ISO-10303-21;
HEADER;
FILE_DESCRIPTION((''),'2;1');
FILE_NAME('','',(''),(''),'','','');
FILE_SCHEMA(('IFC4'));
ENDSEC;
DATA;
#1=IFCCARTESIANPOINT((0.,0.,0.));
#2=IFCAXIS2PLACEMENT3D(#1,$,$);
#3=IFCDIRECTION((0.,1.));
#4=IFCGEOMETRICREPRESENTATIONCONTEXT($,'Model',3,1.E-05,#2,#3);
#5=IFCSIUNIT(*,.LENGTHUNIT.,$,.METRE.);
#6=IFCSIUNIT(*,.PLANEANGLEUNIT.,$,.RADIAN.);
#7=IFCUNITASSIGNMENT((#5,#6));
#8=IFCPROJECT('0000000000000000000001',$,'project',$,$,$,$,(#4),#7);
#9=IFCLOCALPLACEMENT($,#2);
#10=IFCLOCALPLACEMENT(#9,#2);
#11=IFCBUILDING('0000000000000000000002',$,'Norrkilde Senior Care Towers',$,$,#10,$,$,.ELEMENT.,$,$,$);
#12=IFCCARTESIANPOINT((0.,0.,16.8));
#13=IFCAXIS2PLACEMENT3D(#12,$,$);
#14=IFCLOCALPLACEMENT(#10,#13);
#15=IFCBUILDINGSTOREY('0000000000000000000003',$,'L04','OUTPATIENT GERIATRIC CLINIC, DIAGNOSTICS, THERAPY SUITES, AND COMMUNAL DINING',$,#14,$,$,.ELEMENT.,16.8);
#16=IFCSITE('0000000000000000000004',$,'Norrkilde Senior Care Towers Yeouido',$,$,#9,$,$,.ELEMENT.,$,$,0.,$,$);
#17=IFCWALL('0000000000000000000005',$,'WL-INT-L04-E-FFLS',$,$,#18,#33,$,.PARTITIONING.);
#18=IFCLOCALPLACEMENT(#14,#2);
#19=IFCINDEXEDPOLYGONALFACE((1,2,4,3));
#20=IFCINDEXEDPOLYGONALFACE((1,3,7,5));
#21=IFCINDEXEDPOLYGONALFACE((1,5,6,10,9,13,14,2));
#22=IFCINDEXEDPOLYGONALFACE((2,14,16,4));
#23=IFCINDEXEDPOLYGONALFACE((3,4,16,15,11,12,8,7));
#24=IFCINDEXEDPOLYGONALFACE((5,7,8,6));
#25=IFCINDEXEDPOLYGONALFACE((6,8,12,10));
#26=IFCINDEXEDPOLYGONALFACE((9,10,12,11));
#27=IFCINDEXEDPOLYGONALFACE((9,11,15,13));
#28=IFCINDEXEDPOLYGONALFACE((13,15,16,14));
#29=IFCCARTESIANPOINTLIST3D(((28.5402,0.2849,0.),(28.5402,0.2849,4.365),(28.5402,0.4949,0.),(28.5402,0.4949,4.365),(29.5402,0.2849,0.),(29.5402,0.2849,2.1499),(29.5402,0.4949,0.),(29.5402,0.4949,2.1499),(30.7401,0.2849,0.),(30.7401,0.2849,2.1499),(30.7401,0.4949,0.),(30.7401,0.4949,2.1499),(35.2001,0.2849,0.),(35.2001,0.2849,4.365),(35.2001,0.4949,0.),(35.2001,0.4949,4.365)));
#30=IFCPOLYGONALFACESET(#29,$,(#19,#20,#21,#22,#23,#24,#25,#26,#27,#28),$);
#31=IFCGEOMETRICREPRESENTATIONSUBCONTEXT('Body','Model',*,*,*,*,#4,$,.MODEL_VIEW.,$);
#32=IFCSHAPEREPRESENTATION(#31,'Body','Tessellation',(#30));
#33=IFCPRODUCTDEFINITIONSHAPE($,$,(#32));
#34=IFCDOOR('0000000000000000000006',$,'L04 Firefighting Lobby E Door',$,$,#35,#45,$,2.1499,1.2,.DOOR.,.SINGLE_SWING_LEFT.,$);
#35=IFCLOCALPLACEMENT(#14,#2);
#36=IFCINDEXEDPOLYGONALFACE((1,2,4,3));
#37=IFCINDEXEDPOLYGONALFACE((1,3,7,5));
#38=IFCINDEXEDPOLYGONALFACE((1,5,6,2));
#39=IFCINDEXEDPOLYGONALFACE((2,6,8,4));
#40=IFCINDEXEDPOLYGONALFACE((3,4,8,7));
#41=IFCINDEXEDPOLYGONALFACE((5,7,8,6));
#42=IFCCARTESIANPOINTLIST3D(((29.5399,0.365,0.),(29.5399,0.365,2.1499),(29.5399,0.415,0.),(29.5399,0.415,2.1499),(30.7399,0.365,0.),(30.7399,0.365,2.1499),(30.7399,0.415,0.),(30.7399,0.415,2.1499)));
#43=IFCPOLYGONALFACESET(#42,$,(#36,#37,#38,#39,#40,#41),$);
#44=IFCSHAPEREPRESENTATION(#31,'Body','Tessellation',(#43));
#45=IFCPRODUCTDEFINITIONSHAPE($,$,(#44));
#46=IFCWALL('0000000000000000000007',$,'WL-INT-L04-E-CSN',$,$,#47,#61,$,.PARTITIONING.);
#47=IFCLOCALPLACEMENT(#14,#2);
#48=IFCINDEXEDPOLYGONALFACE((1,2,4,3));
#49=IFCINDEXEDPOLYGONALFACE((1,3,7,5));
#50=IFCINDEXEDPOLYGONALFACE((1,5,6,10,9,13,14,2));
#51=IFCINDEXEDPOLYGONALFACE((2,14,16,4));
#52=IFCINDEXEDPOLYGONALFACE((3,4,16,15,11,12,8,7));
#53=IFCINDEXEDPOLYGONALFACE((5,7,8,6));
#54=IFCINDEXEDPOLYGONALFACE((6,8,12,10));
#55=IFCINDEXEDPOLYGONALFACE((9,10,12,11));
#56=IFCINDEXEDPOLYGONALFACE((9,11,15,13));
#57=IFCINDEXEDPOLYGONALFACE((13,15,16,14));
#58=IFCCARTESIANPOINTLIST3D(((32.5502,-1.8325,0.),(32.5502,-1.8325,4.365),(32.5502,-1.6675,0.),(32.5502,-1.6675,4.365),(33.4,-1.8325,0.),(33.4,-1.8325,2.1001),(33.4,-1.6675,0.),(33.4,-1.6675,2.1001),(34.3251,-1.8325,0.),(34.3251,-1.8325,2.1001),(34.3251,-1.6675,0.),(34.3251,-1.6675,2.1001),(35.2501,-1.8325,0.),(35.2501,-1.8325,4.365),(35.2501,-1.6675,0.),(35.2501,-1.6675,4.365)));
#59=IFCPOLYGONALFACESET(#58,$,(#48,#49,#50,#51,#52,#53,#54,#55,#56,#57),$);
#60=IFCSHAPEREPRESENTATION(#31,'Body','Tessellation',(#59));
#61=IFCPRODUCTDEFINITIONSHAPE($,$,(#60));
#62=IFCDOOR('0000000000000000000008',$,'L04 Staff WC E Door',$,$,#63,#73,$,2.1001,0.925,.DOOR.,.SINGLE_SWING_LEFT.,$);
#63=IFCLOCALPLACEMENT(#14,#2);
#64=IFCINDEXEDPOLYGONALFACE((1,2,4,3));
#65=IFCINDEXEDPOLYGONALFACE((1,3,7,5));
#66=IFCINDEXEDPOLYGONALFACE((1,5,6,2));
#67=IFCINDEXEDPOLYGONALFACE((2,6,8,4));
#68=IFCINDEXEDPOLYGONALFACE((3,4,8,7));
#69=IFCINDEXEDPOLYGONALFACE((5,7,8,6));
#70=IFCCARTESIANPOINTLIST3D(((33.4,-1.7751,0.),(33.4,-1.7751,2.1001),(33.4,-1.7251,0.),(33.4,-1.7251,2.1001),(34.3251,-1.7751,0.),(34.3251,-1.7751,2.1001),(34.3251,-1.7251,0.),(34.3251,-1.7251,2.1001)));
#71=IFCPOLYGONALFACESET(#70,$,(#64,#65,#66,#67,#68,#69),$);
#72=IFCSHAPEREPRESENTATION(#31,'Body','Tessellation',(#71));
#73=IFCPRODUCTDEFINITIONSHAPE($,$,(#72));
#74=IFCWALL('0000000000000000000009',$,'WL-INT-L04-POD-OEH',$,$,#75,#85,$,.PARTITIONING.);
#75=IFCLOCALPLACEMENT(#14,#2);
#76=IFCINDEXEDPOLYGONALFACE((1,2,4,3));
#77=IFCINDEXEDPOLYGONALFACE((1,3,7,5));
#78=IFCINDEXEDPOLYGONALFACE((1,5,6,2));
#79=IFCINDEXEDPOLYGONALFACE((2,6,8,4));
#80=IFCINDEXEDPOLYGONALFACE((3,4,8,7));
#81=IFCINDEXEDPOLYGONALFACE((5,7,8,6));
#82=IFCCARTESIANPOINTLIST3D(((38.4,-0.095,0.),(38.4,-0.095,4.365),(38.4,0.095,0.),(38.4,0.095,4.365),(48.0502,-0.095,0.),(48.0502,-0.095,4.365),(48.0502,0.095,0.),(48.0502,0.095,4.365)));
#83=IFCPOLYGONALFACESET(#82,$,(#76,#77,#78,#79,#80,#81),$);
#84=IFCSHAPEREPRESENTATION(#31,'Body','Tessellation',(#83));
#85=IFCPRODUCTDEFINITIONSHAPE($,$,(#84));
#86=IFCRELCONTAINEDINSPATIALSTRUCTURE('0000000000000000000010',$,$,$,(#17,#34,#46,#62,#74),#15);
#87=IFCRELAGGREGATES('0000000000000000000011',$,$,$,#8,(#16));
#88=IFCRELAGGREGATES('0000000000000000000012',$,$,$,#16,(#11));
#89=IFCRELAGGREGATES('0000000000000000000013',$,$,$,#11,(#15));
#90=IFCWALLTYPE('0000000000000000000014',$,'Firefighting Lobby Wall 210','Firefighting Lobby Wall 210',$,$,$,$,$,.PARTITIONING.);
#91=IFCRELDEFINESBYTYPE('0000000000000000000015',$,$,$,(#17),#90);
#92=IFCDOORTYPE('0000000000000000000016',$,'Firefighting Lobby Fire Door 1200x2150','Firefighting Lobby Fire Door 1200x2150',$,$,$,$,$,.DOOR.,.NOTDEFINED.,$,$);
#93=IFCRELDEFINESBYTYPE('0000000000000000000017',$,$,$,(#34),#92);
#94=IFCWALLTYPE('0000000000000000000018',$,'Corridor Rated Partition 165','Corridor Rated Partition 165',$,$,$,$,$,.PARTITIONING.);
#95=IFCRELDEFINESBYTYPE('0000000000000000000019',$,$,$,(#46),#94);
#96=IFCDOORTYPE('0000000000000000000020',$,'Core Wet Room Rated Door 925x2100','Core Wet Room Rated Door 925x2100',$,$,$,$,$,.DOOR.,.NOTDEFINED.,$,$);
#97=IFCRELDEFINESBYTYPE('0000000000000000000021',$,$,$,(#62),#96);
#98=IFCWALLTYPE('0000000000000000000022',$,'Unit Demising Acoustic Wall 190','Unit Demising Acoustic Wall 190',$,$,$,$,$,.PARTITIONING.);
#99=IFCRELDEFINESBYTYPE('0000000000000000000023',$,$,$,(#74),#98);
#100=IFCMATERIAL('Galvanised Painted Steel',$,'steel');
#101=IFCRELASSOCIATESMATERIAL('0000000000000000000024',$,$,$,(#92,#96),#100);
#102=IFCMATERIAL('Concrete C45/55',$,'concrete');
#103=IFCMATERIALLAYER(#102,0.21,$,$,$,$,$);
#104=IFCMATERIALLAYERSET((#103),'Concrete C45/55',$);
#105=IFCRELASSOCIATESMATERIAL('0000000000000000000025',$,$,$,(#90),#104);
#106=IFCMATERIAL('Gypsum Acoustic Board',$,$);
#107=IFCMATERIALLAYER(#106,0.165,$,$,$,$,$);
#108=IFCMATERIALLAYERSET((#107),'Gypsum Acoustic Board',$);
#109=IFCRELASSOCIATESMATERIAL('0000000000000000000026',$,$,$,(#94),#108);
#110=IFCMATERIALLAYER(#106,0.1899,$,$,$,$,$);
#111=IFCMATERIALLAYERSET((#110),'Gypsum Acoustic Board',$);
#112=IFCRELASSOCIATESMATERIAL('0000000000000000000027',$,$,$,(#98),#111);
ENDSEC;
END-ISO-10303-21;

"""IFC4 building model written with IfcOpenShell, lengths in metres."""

from ifc_helpers import new_model, si_unit, direction, frame, frame_2d, origin, place, context, subcontext, project, spatial, rectangle, extrude, source, transform, mapped, material, layer, layer_set, type_object, type_shapes, element, fill, save


model = new_model("IFC4")

# Units and contexts
model_context = context("Model", 3, precision=1e-05, world=origin(), true_north=direction((0.0, 1.0)))
body_context = subcontext(model_context, "Body", "Model", "MODEL_VIEW")
ifc_project = project(units=[si_unit("LENGTHUNIT", "METRE"), si_unit("PLANEANGLEUNIT", "RADIAN")], contexts=[model_context])

# Site, building, storey
site_placement = place(None, origin())
site = spatial("IfcSite", under=ifc_project, at=site_placement, Name="Norrkilde Senior Care Towers Yeouido", CompositionType="ELEMENT", RefElevation=0.0)
building_placement = place(site_placement, origin())
building = spatial("IfcBuilding", under=site, at=building_placement, Name="Norrkilde Senior Care Towers", CompositionType="ELEMENT")
storey_placement = place(building_placement, frame((0.0, 0.0, 16.8)))
storey = spatial("IfcBuildingStorey", under=building, at=storey_placement, Name="L04", Description="OUTPATIENT GERIATRIC CLINIC, DIAGNOSTICS, THERAPY SUITES, AND COMMUNAL DINING", CompositionType="ELEMENT", Elevation=16.8)

# Shared definitions
ifc_material_1 = material(Name="Galvanised Painted Steel", Category="steel")
door_type_1 = type_object("IfcDoorType", Name="Firefighting Lobby Fire Door 1200x2150", Description="Firefighting Lobby Fire Door 1200x2150", OperationType="NOTDEFINED", PredefinedType="DOOR", material=ifc_material_1)
shared_shape_1 = source(origin(), body_context, "Body", "SweptSolid", [
    extrude(rectangle(XDim=1.2, YDim=2.1499, at=frame_2d((0.6001, 1.075))), frame((0.0, 0.0249, 0.0), z_axis=(0.0, -1.0, 0.0), x_axis=(1.0, 0.0, 0.0)), (0.0, 0.0, 1.0), 0.05),
])
type_shapes(door_type_1, [shared_shape_1])

# Shared definitions
ifc_material_2 = material(Name="Concrete C45/55", Category="concrete")

# Walls, openings, doors
ifc_layer_1 = layer(ifc_material_2, 0.21)
ifc_layer_set_1 = layer_set([ifc_layer_1], Name="Concrete C45/55")
wall_type_1 = type_object("IfcWallType", Name="Firefighting Lobby Wall 210", Description="Firefighting Lobby Wall 210", PredefinedType="PARTITIONING", material=ifc_layer_set_1)
shared_shape_2 = source(origin(), body_context, "Body", "SweptSolid", [
    extrude(rectangle(XDim=6.6599, YDim=0.21, at=frame_2d((3.3301, 0.0))), origin(), (0.0, 0.0, 1.0), 4.365),
])
type_shapes(wall_type_1, [shared_shape_2])
wall_1_placement = place(storey_placement, frame((28.54, 0.3899, 0.0), z_axis=(0.0, 0.0, 1.0), x_axis=(1.0, 0.0, 0.0)))
wall_1 = element("IfcWall", 1, at=wall_1_placement, inside=storey, type_object=wall_type_1, Name="WL-INT-L04-E-FFLS", PredefinedType="PARTITIONING", context=body_context, shape_type="MappedRepresentation", body=[
    mapped(shared_shape_2, transform((0.0, 0.0, 0.0), x_axis=(1.0, 0.0, 0.0), y_axis=(0.0, 1.0, 0.0), z_axis=(0.0, 0.0, 1.0), scale=1.0)),
])
opening_1_placement = place(wall_1_placement, frame((1.0, 0.0, 0.0)))
opening_1 = element("IfcOpeningElement", 2, at=opening_1_placement, cuts=wall_1, PredefinedType="OPENING", context=body_context, shape_type="SweptSolid", body=[
    extrude(rectangle(XDim=1.2, YDim=2.1499, at=frame_2d((0.6001, 1.075))), frame((0.0, 0.115, 0.0), z_axis=(0.0, -1.0, 0.0), x_axis=(1.0, 0.0, 0.0)), (0.0, 0.0, 1.0), 0.23),
])
door_1_placement = place(opening_1_placement, frame((1.2, 0.0, 0.0), z_axis=(0.0, 0.0, 1.0), x_axis=(-1.0, 0.0, 0.0)))
door_1 = element("IfcDoor", 3, at=door_1_placement, inside=storey, type_object=door_type_1, Name="L04 Firefighting Lobby E Door", OperationType="SINGLE_SWING_LEFT", OverallHeight=2.1499, OverallWidth=1.2, PredefinedType="DOOR", context=body_context, shape_type="MappedRepresentation", body=[
    mapped(shared_shape_1, transform((0.0, 0.0, 0.0), x_axis=(1.0, 0.0, 0.0), y_axis=(0.0, 1.0, 0.0), z_axis=(0.0, 0.0, 1.0), scale=1.0)),
])
fill(opening_1, door_1)
ifc_material_3 = material(Name="Gypsum Acoustic Board")
ifc_layer_2 = layer(ifc_material_3, 0.165)
ifc_layer_set_2 = layer_set([ifc_layer_2], Name="Gypsum Acoustic Board")
wall_type_2 = type_object("IfcWallType", Name="Corridor Rated Partition 165", Description="Corridor Rated Partition 165", PredefinedType="PARTITIONING", material=ifc_layer_set_2)
shared_shape_3 = source(origin(), body_context, "Body", "SweptSolid", [
    extrude(rectangle(XDim=2.7, YDim=0.165, at=frame_2d((1.3501, 0.0))), origin(), (0.0, 0.0, 1.0), 4.365),
])
type_shapes(wall_type_2, [shared_shape_3])
wall_2_placement = place(storey_placement, frame((32.55, -1.75, 0.0), z_axis=(0.0, 0.0, 1.0), x_axis=(1.0, 0.0, 0.0)))
wall_2 = element("IfcWall", 4, at=wall_2_placement, inside=storey, type_object=wall_type_2, Name="WL-INT-L04-E-CSN", PredefinedType="PARTITIONING", context=body_context, shape_type="MappedRepresentation", body=[
    mapped(shared_shape_3, transform((0.0, 0.0, 0.0), x_axis=(1.0, 0.0, 0.0), y_axis=(0.0, 1.0, 0.0), z_axis=(0.0, 0.0, 1.0), scale=1.0)),
])
opening_2_placement = place(wall_2_placement, frame((0.8501, 0.0, 0.0)))
opening_2 = element("IfcOpeningElement", 5, at=opening_2_placement, cuts=wall_2, PredefinedType="OPENING", context=body_context, shape_type="SweptSolid", body=[
    extrude(rectangle(XDim=0.925, YDim=2.1001, at=frame_2d((0.4624, 1.05))), frame((0.0, 0.0925, 0.0), z_axis=(0.0, -1.0, 0.0), x_axis=(1.0, 0.0, 0.0)), (0.0, 0.0, 1.0), 0.1851),
])
door_type_2 = type_object("IfcDoorType", Name="Core Wet Room Rated Door 925x2100", Description="Core Wet Room Rated Door 925x2100", OperationType="NOTDEFINED", PredefinedType="DOOR", material=ifc_material_1)
shared_shape_4 = source(origin(), body_context, "Body", "SweptSolid", [
    extrude(rectangle(XDim=0.925, YDim=2.1001, at=frame_2d((0.4624, 1.05))), frame((0.0, 0.0249, 0.0), z_axis=(0.0, -1.0, 0.0), x_axis=(1.0, 0.0, 0.0)), (0.0, 0.0, 1.0), 0.05),
])
type_shapes(door_type_2, [shared_shape_4])
door_2_placement = place(opening_2_placement, origin())
door_2 = element("IfcDoor", 6, at=door_2_placement, inside=storey, type_object=door_type_2, Name="L04 Staff WC E Door", OperationType="SINGLE_SWING_LEFT", OverallHeight=2.1001, OverallWidth=0.925, PredefinedType="DOOR", context=body_context, shape_type="MappedRepresentation", body=[
    mapped(shared_shape_4, transform((0.0, 0.0, 0.0), x_axis=(1.0, 0.0, 0.0), y_axis=(0.0, 1.0, 0.0), z_axis=(0.0, 0.0, 1.0), scale=1.0)),
])
fill(opening_2, door_2)

# Wall
ifc_layer_3 = layer(ifc_material_3, 0.1899)
ifc_layer_set_3 = layer_set([ifc_layer_3], Name="Gypsum Acoustic Board")
wall_type_3 = type_object("IfcWallType", Name="Unit Demising Acoustic Wall 190", Description="Unit Demising Acoustic Wall 190", PredefinedType="PARTITIONING", material=ifc_layer_set_3)
shared_shape_5 = source(origin(), body_context, "Body", "SweptSolid", [
    extrude(rectangle(XDim=9.6501, YDim=0.1899, at=frame_2d((4.8252, 0.0))), origin(), (0.0, 0.0, 1.0), 4.365),
])
type_shapes(wall_type_3, [shared_shape_5])
wall_3_placement = place(storey_placement, frame((38.3999, 0.0, 0.0), z_axis=(0.0, 0.0, 1.0), x_axis=(1.0, 0.0, 0.0)))
element("IfcWall", 7, at=wall_3_placement, inside=storey, type_object=wall_type_3, Name="WL-INT-L04-POD-OEH", PredefinedType="PARTITIONING", context=body_context, shape_type="MappedRepresentation", body=[
    mapped(shared_shape_5, transform((0.0, 0.0, 0.0), x_axis=(1.0, 0.0, 0.0), y_axis=(0.0, 1.0, 0.0), z_axis=(0.0, 0.0, 1.0), scale=1.0)),
])

save(model, "model.ifc")
